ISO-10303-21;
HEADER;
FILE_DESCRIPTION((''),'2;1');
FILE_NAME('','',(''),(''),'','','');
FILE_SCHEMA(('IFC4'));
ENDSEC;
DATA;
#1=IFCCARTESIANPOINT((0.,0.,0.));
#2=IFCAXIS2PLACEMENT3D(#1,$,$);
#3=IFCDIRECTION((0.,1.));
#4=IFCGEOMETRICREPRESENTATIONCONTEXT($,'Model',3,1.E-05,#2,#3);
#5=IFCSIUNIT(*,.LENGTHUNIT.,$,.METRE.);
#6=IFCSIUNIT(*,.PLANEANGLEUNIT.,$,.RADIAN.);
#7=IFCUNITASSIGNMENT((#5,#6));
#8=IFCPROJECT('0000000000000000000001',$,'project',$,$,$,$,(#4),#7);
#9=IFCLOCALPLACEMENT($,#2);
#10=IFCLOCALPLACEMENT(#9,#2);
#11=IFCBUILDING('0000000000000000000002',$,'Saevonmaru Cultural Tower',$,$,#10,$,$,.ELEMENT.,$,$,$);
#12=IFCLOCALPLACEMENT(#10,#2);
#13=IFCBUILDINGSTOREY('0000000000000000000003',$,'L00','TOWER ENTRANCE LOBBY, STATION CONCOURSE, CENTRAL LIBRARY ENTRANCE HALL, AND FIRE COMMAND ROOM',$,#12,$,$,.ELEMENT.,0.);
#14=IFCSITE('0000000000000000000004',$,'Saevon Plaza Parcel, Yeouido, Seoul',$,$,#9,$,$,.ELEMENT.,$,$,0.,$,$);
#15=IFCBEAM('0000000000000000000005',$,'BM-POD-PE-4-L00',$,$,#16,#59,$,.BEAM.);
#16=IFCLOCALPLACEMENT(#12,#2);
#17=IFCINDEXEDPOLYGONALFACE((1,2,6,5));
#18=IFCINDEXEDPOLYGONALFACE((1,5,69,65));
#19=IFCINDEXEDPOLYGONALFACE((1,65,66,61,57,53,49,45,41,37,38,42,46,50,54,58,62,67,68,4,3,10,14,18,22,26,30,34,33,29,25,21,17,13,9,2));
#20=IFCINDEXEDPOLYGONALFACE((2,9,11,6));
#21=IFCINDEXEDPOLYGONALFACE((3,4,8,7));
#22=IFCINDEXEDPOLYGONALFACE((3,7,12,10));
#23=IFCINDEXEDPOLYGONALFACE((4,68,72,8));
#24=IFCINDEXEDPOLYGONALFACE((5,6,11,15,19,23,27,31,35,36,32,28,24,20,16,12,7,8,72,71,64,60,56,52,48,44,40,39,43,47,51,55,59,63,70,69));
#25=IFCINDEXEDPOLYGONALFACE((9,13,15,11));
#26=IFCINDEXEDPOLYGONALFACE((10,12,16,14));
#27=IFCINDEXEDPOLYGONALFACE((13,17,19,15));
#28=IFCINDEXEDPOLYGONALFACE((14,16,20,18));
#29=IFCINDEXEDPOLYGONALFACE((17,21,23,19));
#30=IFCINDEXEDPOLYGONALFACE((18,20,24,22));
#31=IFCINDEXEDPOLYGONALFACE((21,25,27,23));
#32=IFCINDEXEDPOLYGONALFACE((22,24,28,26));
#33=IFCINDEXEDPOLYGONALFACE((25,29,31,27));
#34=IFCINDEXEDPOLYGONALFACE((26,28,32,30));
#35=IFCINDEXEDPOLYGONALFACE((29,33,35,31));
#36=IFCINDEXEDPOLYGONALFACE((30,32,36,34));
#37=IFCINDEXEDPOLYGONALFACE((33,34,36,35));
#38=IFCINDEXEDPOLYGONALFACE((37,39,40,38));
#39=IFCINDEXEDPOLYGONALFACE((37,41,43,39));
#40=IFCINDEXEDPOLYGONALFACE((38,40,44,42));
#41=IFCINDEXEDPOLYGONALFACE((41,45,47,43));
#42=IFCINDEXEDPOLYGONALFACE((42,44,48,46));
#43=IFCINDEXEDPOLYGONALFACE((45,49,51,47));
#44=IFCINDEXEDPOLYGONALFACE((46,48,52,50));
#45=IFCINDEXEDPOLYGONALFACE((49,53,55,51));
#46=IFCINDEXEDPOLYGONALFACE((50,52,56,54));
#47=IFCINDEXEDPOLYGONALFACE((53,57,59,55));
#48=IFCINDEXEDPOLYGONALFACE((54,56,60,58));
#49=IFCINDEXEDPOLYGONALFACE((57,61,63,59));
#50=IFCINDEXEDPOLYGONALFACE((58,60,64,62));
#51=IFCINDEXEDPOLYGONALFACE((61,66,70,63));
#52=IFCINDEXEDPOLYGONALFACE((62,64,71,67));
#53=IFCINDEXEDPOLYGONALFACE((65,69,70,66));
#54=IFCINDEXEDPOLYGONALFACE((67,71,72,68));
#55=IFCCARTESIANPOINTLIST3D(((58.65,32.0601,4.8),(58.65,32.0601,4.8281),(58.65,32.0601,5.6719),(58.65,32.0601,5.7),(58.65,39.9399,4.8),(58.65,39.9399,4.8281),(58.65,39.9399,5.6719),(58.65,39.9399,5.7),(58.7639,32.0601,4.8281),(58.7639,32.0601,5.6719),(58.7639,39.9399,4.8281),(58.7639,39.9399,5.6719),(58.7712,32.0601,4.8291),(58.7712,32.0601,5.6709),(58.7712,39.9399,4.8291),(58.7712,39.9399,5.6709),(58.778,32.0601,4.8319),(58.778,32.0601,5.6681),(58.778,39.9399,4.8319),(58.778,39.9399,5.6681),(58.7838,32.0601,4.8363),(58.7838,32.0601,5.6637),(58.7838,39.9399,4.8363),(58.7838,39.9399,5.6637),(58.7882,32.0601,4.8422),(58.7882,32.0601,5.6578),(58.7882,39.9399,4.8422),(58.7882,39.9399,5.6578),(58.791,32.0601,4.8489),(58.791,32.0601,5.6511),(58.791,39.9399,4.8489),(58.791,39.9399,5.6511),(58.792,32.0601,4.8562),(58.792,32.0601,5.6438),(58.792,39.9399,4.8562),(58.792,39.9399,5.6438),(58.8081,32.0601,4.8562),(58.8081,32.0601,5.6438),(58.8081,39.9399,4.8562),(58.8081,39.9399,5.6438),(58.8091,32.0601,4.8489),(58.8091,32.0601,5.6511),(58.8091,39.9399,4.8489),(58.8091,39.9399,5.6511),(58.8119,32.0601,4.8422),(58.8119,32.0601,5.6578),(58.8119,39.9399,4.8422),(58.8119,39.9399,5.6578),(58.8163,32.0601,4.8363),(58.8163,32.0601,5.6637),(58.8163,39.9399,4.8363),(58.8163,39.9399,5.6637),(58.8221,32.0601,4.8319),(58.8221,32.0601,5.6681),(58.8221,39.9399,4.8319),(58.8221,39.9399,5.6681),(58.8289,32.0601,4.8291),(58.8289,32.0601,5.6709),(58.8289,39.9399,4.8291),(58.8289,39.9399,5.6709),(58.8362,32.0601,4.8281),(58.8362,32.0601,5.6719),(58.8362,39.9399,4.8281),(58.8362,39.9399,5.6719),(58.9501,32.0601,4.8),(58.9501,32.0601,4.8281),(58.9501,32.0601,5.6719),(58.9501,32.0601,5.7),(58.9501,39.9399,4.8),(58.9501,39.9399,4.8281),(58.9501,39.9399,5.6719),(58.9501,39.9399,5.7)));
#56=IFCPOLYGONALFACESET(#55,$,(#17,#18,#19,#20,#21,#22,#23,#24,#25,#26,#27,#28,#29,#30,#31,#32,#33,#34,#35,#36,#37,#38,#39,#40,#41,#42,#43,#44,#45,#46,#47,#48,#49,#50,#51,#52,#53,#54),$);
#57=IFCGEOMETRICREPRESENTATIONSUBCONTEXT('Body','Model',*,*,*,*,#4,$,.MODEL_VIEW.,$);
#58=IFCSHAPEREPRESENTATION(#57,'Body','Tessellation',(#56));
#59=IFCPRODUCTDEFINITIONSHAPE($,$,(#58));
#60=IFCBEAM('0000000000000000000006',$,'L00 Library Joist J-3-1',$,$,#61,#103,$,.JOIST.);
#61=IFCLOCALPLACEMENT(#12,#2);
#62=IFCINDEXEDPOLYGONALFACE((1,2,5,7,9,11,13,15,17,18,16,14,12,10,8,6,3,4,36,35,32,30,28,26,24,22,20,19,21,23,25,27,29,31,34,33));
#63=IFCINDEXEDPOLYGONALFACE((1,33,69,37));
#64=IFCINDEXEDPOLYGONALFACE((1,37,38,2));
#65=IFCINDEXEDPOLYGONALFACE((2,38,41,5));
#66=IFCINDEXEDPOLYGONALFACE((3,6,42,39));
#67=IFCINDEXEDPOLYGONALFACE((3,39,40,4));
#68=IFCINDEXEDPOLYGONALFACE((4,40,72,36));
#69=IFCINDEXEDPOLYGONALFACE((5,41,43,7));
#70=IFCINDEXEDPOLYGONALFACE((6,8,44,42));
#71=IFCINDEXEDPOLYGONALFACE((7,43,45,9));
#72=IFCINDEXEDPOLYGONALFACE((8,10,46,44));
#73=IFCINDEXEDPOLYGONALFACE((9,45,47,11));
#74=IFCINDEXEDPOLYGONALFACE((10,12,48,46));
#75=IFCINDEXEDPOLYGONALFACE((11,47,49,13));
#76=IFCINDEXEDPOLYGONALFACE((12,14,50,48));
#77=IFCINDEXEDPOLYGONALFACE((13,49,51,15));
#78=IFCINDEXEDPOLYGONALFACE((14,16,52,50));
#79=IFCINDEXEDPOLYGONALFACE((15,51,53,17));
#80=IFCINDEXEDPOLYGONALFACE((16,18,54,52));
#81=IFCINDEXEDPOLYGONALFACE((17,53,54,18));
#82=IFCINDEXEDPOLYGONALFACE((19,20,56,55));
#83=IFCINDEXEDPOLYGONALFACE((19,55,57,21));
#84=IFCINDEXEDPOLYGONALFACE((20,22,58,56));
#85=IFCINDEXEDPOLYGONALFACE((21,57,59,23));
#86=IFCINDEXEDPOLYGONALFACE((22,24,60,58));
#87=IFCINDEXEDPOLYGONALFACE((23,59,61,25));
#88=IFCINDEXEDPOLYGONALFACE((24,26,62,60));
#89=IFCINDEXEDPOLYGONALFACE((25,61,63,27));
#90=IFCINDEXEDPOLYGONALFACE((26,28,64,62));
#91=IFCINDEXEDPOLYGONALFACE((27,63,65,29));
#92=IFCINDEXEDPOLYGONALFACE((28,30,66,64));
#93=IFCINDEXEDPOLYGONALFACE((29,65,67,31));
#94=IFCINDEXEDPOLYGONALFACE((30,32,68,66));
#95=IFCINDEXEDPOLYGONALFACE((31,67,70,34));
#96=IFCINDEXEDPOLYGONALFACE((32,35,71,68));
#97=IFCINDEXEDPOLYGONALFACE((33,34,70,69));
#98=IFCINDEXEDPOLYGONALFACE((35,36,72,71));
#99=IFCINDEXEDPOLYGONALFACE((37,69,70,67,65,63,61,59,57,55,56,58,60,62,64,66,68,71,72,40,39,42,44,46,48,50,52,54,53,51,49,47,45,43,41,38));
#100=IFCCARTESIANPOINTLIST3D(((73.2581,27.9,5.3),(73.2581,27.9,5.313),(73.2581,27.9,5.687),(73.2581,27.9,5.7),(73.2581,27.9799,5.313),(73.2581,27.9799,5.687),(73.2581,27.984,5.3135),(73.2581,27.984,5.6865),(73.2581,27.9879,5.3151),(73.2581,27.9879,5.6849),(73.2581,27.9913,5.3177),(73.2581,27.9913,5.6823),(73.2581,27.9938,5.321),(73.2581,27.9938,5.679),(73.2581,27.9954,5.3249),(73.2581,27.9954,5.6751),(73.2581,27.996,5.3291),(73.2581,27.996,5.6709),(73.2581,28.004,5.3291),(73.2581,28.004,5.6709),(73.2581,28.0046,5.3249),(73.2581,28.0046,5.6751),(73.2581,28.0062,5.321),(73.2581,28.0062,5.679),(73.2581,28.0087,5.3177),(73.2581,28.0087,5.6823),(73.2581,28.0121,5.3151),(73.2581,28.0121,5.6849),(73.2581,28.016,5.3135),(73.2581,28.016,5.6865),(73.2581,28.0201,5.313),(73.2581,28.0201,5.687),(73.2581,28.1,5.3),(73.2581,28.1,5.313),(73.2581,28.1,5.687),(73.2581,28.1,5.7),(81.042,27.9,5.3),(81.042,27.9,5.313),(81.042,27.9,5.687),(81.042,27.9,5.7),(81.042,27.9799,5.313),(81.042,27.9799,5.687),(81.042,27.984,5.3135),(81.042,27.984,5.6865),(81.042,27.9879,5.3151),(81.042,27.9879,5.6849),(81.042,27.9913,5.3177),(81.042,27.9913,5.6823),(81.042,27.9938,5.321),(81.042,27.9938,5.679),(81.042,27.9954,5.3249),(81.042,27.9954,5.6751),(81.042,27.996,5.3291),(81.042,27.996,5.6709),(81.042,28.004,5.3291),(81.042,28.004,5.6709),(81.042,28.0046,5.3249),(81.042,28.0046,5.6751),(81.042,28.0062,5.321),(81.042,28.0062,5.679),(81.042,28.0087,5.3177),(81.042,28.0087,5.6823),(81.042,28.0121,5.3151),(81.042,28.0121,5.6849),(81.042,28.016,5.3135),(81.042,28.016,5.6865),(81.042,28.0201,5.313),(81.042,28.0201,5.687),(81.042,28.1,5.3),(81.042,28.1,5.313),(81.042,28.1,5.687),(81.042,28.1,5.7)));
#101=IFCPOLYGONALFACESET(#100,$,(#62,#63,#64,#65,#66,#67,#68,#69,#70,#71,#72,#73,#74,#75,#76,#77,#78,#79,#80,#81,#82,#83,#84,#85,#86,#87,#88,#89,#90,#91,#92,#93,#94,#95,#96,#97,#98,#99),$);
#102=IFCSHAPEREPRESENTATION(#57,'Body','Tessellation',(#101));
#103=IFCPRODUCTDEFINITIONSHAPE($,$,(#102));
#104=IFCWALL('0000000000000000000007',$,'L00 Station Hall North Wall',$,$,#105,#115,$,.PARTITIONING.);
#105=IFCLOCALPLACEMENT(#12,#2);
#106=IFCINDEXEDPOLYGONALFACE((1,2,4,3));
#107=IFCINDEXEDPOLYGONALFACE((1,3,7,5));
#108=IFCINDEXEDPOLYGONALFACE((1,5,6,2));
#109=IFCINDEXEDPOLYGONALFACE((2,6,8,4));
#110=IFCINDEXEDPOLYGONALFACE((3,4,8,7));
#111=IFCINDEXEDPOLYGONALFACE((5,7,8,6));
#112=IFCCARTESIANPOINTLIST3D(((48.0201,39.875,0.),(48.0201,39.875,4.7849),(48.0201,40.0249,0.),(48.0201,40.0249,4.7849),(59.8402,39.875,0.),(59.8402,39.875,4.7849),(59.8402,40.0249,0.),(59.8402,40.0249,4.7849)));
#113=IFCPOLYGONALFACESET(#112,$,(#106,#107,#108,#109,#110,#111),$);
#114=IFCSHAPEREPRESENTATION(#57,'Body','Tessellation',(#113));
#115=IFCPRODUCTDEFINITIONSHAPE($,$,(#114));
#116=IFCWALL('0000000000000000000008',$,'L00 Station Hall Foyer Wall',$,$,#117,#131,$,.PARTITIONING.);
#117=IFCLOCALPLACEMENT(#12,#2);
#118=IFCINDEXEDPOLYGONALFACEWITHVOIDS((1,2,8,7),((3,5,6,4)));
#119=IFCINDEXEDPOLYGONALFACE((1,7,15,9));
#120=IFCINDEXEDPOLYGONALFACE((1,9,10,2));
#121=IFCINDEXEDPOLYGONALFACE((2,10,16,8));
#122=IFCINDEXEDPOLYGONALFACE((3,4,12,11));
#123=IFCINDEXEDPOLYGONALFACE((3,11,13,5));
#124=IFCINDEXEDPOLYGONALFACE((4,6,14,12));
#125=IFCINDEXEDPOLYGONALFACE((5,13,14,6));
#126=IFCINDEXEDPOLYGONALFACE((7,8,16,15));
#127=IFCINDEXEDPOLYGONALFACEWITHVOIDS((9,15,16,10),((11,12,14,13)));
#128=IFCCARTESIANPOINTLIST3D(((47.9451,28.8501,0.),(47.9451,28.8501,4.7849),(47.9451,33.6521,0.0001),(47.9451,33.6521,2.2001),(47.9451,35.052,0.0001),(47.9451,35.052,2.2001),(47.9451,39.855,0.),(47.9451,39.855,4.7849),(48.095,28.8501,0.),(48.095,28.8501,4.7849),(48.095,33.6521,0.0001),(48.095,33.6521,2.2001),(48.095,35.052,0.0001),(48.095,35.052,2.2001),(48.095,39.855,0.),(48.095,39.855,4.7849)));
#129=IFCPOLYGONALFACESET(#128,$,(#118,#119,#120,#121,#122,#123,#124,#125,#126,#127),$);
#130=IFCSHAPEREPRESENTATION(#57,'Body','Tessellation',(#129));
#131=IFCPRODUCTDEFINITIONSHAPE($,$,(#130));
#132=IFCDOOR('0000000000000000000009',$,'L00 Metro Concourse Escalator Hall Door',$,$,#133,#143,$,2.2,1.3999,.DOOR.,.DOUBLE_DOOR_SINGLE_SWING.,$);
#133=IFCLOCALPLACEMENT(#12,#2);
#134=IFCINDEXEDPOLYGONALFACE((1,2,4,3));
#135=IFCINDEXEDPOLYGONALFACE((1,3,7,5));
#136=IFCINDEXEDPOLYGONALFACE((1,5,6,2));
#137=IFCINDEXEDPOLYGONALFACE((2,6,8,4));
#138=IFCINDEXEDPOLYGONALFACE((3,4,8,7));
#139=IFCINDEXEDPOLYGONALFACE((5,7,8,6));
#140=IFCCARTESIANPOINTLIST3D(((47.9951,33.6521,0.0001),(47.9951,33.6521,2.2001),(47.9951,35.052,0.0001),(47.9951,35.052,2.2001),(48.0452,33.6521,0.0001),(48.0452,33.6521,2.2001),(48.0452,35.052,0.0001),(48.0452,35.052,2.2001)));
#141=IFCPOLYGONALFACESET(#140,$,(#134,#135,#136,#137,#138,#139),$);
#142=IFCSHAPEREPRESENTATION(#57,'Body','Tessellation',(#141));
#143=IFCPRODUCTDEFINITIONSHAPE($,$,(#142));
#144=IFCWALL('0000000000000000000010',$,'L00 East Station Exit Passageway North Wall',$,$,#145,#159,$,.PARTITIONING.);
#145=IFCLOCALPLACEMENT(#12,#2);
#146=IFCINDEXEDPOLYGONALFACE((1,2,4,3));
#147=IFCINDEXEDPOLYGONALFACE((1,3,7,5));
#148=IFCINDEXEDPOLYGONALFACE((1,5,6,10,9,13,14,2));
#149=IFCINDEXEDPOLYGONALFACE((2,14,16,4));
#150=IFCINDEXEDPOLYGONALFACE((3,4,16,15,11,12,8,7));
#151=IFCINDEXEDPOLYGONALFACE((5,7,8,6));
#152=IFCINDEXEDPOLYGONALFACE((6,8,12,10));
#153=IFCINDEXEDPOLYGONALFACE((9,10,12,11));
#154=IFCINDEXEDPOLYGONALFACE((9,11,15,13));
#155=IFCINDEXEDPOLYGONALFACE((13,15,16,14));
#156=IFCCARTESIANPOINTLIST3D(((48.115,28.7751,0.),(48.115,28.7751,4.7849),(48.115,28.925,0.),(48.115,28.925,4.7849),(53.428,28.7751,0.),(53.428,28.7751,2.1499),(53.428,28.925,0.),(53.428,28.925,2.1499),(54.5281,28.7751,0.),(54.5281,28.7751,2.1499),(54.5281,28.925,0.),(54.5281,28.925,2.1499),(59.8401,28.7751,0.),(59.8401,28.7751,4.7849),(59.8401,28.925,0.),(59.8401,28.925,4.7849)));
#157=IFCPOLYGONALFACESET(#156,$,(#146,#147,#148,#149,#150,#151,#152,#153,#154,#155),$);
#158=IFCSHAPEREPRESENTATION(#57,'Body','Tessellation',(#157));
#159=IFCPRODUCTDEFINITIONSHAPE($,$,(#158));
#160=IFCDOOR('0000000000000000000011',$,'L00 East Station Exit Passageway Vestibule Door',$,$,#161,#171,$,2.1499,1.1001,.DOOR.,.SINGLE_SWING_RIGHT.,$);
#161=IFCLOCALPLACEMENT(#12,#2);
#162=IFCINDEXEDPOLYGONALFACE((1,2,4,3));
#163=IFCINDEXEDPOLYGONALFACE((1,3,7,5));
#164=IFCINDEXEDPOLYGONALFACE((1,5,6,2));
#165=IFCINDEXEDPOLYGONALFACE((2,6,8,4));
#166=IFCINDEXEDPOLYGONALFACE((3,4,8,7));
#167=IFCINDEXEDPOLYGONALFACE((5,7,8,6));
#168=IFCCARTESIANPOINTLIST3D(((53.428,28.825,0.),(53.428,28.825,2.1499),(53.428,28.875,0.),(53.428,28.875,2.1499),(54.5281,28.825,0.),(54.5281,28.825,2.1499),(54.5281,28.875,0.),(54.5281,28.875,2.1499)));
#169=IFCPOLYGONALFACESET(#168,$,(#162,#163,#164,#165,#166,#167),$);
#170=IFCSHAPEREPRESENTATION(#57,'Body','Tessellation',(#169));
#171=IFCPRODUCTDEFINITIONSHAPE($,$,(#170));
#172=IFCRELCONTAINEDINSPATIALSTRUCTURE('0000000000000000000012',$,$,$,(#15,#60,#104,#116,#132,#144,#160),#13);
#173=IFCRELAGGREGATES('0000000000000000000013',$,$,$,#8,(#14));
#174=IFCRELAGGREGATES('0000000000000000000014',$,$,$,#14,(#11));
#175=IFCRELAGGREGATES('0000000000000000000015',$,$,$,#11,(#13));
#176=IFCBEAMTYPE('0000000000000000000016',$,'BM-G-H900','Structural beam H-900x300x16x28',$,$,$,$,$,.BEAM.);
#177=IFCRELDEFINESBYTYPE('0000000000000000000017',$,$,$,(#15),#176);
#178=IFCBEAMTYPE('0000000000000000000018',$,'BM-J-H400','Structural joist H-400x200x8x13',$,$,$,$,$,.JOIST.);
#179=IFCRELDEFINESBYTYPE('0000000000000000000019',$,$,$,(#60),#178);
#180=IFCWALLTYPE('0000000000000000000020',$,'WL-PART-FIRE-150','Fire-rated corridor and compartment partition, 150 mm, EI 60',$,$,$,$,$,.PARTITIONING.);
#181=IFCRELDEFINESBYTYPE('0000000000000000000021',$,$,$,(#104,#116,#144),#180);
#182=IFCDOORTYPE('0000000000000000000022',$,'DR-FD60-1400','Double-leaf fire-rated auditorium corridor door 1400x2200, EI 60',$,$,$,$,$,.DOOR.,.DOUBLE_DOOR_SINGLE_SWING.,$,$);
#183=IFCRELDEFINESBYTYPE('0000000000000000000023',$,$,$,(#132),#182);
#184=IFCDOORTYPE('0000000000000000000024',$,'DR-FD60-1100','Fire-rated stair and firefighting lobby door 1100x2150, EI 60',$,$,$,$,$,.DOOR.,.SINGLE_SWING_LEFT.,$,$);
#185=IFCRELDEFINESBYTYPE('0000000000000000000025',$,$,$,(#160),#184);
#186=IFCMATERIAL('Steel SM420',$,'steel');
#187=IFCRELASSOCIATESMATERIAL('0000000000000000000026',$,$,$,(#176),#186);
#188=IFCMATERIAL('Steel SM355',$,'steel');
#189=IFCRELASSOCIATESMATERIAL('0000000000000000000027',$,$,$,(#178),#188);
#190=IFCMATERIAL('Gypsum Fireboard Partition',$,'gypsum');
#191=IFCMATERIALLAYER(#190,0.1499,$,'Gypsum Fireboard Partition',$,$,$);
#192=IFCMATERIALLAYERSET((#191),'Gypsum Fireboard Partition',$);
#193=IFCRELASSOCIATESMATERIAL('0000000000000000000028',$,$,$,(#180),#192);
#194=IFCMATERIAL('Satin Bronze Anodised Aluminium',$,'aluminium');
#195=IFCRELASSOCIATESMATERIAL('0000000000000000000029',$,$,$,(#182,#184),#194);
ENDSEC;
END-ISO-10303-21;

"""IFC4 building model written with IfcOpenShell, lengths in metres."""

from ifc_helpers import new_model, si_unit, direction, frame, frame_2d, origin, origin_2d, place, context, subcontext, project, spatial, rectangle, i_section, extrude, material, layer, layer_set, material_profile, profile_set, type_object, element, fill, save


model = new_model("IFC4")

# Units and contexts
model_context = context("Model", 3, precision=1e-05, world=origin(), true_north=direction((0.0, 1.0)))
body_context = subcontext(model_context, "Body", "Model", "MODEL_VIEW")
ifc_project = project(units=[si_unit("LENGTHUNIT", "METRE"), si_unit("PLANEANGLEUNIT", "RADIAN")], contexts=[model_context])

# Site, building, storey
site_placement = place(None, origin())
site = spatial("IfcSite", under=ifc_project, at=site_placement, Name="Saevon Plaza Parcel, Yeouido, Seoul", CompositionType="ELEMENT", RefElevation=0.0)
building_placement = place(site_placement, origin())
building = spatial("IfcBuilding", under=site, at=building_placement, Name="Saevonmaru Cultural Tower", CompositionType="ELEMENT")
storey_placement = place(building_placement, origin())
storey = spatial("IfcBuildingStorey", under=building, at=storey_placement, Name="L00", Description="TOWER ENTRANCE LOBBY, STATION CONCOURSE, CENTRAL LIBRARY ENTRANCE HALL, AND FIRE COMMAND ROOM", CompositionType="ELEMENT", Elevation=0.0)

# Shared definitions
ifc_material_1 = material(Name="Steel SM355", Category="steel")
ifc_material_2 = material(Name="Steel SM420", Category="steel")

# Beams
ifc_material_profile_1 = material_profile(ifc_material_2, i_section(OverallWidth=0.3, OverallDepth=0.8999, WebThickness=0.0161, FlangeThickness=0.0281, FilletRadius=0.0281, at=origin_2d()), Name="H-900x300x16x28")
ifc_profile_set_1 = profile_set([ifc_material_profile_1], Name="Steel SM420")
beam_type_1 = type_object("IfcBeamType", Name="BM-G-H900", Description="Structural beam H-900x300x16x28", PredefinedType="BEAM", material=ifc_profile_set_1)
beam_1_placement = place(storey_placement, frame((58.8, 32.0601, 5.25), z_axis=(0.0, 1.0, 0.0), x_axis=(-1.0, 0.0, 0.0)))
element("IfcBeam", 1, at=beam_1_placement, inside=storey, type_object=beam_type_1, Name="BM-POD-PE-4-L00", PredefinedType="BEAM", context=body_context, shape_type="SweptSolid", body=[
    extrude(i_section(OverallWidth=0.3, OverallDepth=0.8999, WebThickness=0.0161, FlangeThickness=0.0281, FilletRadius=0.0281, at=origin_2d()), origin(), (0.0, 0.0, 1.0), 7.8799),
])
ifc_material_profile_2 = material_profile(ifc_material_1, i_section(OverallWidth=0.2, OverallDepth=0.3999, WebThickness=0.0081, FlangeThickness=0.0129, FilletRadius=0.0161, at=origin_2d()), Name="H-400x200x8x13")
ifc_profile_set_2 = profile_set([ifc_material_profile_2], Name="Steel SM355")
beam_type_2 = type_object("IfcBeamType", Name="BM-J-H400", Description="Structural joist H-400x200x8x13", PredefinedType="JOIST", material=ifc_profile_set_2)
beam_2_placement = place(storey_placement, frame((73.2581, 28.0, 5.5), z_axis=(1.0, 0.0, 0.0), x_axis=(0.0, 1.0, 0.0)))
element("IfcBeam", 2, at=beam_2_placement, inside=storey, type_object=beam_type_2, Name="L00 Library Joist J-3-1", PredefinedType="JOIST", context=body_context, shape_type="SweptSolid", body=[
    extrude(i_section(OverallWidth=0.2, OverallDepth=0.3999, WebThickness=0.0081, FlangeThickness=0.0129, FilletRadius=0.0161, at=origin_2d()), origin(), (0.0, 0.0, 1.0), 7.7839),
])

# Wall
ifc_material_3 = material(Name="Gypsum Fireboard Partition", Category="gypsum")
ifc_layer = layer(ifc_material_3, 0.1499, Name="Gypsum Fireboard Partition")
ifc_layer_set = layer_set([ifc_layer], Name="Gypsum Fireboard Partition")
wall_type = type_object("IfcWallType", Name="WL-PART-FIRE-150", Description="Fire-rated corridor and compartment partition, 150 mm, EI 60", PredefinedType="PARTITIONING", material=ifc_layer_set)
wall_1_placement = place(storey_placement, frame((48.02, 39.95, 0.0), z_axis=(0.0, 0.0, 1.0), x_axis=(1.0, 0.0, 0.0)))
element("IfcWall", 3, at=wall_1_placement, inside=storey, type_object=wall_type, Name="L00 Station Hall North Wall", PredefinedType="PARTITIONING", context=body_context, shape_type="SweptSolid", body=[
    extrude(rectangle(XDim=11.8201, YDim=0.1499, at=frame_2d((5.9102, 0.0))), origin(), (0.0, 0.0, 1.0), 4.7849),
])

# Walls, openings, doors
wall_2_placement = place(storey_placement, frame((48.02, 28.8501, 0.0), z_axis=(0.0, 0.0, 1.0), x_axis=(0.0, 1.0, 0.0)))
wall_2 = element("IfcWall", 4, at=wall_2_placement, inside=storey, type_object=wall_type, Name="L00 Station Hall Foyer Wall", PredefinedType="PARTITIONING", context=body_context, shape_type="SweptSolid", body=[
    extrude(rectangle(XDim=11.0049, YDim=0.1499, at=frame_2d((5.5024, 0.0))), origin(), (0.0, 0.0, 1.0), 4.7849),
])
opening_1_placement = place(wall_2_placement, frame((4.802, 0.0, 0.0)))
opening_1 = element("IfcOpeningElement", 5, at=opening_1_placement, cuts=wall_2, PredefinedType="OPENING", context=body_context, shape_type="SweptSolid", body=[
    extrude(rectangle(XDim=1.3999, YDim=2.2, at=frame_2d((0.7, 1.1001))), frame((0.0, 0.085, 0.0), z_axis=(0.0, -1.0, 0.0), x_axis=(1.0, 0.0, 0.0)), (0.0, 0.0, 1.0), 0.1699),
])
ifc_material_4 = material(Name="Satin Bronze Anodised Aluminium", Category="aluminium")
door_type_1 = type_object("IfcDoorType", Name="DR-FD60-1400", Description="Double-leaf fire-rated auditorium corridor door 1400x2200, EI 60", OperationType="DOUBLE_DOOR_SINGLE_SWING", PredefinedType="DOOR", material=ifc_material_4)
door_1_placement = place(opening_1_placement, origin())
door_1 = element("IfcDoor", 6, at=door_1_placement, inside=storey, type_object=door_type_1, Name="L00 Metro Concourse Escalator Hall Door", OperationType="DOUBLE_DOOR_SINGLE_SWING", OverallHeight=2.2, OverallWidth=1.3999, PredefinedType="DOOR", context=body_context, shape_type="SweptSolid", body=[
    extrude(rectangle(XDim=1.3999, YDim=2.2, at=frame_2d((0.7, 1.1001))), frame((0.0, 0.0249, 0.0), z_axis=(0.0, -1.0, 0.0), x_axis=(1.0, 0.0, 0.0)), (0.0, 0.0, 1.0), 0.05),
])
fill(opening_1, door_1)
wall_3_placement = place(storey_placement, frame((48.115, 28.8501, 0.0), z_axis=(0.0, 0.0, 1.0), x_axis=(1.0, 0.0, 0.0)))
wall_3 = element("IfcWall", 7, at=wall_3_placement, inside=storey, type_object=wall_type, Name="L00 East Station Exit Passageway North Wall", PredefinedType="PARTITIONING", context=body_context, shape_type="SweptSolid", body=[
    extrude(rectangle(XDim=11.7251, YDim=0.1499, at=frame_2d((5.8625, 0.0))), origin(), (0.0, 0.0, 1.0), 4.7849),
])
opening_2_placement = place(wall_3_placement, frame((5.313, 0.0, 0.0)))
opening_2 = element("IfcOpeningElement", 8, at=opening_2_placement, cuts=wall_3, PredefinedType="OPENING", context=body_context, shape_type="SweptSolid", body=[
    extrude(rectangle(XDim=1.1001, YDim=2.1499, at=frame_2d((0.55, 1.075))), frame((0.0, 0.085, 0.0), z_axis=(0.0, -1.0, 0.0), x_axis=(1.0, 0.0, 0.0)), (0.0, 0.0, 1.0), 0.1699),
])
door_type_2 = type_object("IfcDoorType", Name="DR-FD60-1100", Description="Fire-rated stair and firefighting lobby door 1100x2150, EI 60", OperationType="SINGLE_SWING_LEFT", PredefinedType="DOOR", material=ifc_material_4)
door_2_placement = place(opening_2_placement, origin())
door_2 = element("IfcDoor", 9, at=door_2_placement, inside=storey, type_object=door_type_2, Name="L00 East Station Exit Passageway Vestibule Door", OperationType="SINGLE_SWING_RIGHT", OverallHeight=2.1499, OverallWidth=1.1001, PredefinedType="DOOR", context=body_context, shape_type="SweptSolid", body=[
    extrude(rectangle(XDim=1.1001, YDim=2.1499, at=frame_2d((0.55, 1.075))), frame((0.0, 0.0249, 0.0), z_axis=(0.0, -1.0, 0.0), x_axis=(1.0, 0.0, 0.0)), (0.0, 0.0, 1.0), 0.05),
])
fill(opening_2, door_2)

save(model, "model.ifc")
